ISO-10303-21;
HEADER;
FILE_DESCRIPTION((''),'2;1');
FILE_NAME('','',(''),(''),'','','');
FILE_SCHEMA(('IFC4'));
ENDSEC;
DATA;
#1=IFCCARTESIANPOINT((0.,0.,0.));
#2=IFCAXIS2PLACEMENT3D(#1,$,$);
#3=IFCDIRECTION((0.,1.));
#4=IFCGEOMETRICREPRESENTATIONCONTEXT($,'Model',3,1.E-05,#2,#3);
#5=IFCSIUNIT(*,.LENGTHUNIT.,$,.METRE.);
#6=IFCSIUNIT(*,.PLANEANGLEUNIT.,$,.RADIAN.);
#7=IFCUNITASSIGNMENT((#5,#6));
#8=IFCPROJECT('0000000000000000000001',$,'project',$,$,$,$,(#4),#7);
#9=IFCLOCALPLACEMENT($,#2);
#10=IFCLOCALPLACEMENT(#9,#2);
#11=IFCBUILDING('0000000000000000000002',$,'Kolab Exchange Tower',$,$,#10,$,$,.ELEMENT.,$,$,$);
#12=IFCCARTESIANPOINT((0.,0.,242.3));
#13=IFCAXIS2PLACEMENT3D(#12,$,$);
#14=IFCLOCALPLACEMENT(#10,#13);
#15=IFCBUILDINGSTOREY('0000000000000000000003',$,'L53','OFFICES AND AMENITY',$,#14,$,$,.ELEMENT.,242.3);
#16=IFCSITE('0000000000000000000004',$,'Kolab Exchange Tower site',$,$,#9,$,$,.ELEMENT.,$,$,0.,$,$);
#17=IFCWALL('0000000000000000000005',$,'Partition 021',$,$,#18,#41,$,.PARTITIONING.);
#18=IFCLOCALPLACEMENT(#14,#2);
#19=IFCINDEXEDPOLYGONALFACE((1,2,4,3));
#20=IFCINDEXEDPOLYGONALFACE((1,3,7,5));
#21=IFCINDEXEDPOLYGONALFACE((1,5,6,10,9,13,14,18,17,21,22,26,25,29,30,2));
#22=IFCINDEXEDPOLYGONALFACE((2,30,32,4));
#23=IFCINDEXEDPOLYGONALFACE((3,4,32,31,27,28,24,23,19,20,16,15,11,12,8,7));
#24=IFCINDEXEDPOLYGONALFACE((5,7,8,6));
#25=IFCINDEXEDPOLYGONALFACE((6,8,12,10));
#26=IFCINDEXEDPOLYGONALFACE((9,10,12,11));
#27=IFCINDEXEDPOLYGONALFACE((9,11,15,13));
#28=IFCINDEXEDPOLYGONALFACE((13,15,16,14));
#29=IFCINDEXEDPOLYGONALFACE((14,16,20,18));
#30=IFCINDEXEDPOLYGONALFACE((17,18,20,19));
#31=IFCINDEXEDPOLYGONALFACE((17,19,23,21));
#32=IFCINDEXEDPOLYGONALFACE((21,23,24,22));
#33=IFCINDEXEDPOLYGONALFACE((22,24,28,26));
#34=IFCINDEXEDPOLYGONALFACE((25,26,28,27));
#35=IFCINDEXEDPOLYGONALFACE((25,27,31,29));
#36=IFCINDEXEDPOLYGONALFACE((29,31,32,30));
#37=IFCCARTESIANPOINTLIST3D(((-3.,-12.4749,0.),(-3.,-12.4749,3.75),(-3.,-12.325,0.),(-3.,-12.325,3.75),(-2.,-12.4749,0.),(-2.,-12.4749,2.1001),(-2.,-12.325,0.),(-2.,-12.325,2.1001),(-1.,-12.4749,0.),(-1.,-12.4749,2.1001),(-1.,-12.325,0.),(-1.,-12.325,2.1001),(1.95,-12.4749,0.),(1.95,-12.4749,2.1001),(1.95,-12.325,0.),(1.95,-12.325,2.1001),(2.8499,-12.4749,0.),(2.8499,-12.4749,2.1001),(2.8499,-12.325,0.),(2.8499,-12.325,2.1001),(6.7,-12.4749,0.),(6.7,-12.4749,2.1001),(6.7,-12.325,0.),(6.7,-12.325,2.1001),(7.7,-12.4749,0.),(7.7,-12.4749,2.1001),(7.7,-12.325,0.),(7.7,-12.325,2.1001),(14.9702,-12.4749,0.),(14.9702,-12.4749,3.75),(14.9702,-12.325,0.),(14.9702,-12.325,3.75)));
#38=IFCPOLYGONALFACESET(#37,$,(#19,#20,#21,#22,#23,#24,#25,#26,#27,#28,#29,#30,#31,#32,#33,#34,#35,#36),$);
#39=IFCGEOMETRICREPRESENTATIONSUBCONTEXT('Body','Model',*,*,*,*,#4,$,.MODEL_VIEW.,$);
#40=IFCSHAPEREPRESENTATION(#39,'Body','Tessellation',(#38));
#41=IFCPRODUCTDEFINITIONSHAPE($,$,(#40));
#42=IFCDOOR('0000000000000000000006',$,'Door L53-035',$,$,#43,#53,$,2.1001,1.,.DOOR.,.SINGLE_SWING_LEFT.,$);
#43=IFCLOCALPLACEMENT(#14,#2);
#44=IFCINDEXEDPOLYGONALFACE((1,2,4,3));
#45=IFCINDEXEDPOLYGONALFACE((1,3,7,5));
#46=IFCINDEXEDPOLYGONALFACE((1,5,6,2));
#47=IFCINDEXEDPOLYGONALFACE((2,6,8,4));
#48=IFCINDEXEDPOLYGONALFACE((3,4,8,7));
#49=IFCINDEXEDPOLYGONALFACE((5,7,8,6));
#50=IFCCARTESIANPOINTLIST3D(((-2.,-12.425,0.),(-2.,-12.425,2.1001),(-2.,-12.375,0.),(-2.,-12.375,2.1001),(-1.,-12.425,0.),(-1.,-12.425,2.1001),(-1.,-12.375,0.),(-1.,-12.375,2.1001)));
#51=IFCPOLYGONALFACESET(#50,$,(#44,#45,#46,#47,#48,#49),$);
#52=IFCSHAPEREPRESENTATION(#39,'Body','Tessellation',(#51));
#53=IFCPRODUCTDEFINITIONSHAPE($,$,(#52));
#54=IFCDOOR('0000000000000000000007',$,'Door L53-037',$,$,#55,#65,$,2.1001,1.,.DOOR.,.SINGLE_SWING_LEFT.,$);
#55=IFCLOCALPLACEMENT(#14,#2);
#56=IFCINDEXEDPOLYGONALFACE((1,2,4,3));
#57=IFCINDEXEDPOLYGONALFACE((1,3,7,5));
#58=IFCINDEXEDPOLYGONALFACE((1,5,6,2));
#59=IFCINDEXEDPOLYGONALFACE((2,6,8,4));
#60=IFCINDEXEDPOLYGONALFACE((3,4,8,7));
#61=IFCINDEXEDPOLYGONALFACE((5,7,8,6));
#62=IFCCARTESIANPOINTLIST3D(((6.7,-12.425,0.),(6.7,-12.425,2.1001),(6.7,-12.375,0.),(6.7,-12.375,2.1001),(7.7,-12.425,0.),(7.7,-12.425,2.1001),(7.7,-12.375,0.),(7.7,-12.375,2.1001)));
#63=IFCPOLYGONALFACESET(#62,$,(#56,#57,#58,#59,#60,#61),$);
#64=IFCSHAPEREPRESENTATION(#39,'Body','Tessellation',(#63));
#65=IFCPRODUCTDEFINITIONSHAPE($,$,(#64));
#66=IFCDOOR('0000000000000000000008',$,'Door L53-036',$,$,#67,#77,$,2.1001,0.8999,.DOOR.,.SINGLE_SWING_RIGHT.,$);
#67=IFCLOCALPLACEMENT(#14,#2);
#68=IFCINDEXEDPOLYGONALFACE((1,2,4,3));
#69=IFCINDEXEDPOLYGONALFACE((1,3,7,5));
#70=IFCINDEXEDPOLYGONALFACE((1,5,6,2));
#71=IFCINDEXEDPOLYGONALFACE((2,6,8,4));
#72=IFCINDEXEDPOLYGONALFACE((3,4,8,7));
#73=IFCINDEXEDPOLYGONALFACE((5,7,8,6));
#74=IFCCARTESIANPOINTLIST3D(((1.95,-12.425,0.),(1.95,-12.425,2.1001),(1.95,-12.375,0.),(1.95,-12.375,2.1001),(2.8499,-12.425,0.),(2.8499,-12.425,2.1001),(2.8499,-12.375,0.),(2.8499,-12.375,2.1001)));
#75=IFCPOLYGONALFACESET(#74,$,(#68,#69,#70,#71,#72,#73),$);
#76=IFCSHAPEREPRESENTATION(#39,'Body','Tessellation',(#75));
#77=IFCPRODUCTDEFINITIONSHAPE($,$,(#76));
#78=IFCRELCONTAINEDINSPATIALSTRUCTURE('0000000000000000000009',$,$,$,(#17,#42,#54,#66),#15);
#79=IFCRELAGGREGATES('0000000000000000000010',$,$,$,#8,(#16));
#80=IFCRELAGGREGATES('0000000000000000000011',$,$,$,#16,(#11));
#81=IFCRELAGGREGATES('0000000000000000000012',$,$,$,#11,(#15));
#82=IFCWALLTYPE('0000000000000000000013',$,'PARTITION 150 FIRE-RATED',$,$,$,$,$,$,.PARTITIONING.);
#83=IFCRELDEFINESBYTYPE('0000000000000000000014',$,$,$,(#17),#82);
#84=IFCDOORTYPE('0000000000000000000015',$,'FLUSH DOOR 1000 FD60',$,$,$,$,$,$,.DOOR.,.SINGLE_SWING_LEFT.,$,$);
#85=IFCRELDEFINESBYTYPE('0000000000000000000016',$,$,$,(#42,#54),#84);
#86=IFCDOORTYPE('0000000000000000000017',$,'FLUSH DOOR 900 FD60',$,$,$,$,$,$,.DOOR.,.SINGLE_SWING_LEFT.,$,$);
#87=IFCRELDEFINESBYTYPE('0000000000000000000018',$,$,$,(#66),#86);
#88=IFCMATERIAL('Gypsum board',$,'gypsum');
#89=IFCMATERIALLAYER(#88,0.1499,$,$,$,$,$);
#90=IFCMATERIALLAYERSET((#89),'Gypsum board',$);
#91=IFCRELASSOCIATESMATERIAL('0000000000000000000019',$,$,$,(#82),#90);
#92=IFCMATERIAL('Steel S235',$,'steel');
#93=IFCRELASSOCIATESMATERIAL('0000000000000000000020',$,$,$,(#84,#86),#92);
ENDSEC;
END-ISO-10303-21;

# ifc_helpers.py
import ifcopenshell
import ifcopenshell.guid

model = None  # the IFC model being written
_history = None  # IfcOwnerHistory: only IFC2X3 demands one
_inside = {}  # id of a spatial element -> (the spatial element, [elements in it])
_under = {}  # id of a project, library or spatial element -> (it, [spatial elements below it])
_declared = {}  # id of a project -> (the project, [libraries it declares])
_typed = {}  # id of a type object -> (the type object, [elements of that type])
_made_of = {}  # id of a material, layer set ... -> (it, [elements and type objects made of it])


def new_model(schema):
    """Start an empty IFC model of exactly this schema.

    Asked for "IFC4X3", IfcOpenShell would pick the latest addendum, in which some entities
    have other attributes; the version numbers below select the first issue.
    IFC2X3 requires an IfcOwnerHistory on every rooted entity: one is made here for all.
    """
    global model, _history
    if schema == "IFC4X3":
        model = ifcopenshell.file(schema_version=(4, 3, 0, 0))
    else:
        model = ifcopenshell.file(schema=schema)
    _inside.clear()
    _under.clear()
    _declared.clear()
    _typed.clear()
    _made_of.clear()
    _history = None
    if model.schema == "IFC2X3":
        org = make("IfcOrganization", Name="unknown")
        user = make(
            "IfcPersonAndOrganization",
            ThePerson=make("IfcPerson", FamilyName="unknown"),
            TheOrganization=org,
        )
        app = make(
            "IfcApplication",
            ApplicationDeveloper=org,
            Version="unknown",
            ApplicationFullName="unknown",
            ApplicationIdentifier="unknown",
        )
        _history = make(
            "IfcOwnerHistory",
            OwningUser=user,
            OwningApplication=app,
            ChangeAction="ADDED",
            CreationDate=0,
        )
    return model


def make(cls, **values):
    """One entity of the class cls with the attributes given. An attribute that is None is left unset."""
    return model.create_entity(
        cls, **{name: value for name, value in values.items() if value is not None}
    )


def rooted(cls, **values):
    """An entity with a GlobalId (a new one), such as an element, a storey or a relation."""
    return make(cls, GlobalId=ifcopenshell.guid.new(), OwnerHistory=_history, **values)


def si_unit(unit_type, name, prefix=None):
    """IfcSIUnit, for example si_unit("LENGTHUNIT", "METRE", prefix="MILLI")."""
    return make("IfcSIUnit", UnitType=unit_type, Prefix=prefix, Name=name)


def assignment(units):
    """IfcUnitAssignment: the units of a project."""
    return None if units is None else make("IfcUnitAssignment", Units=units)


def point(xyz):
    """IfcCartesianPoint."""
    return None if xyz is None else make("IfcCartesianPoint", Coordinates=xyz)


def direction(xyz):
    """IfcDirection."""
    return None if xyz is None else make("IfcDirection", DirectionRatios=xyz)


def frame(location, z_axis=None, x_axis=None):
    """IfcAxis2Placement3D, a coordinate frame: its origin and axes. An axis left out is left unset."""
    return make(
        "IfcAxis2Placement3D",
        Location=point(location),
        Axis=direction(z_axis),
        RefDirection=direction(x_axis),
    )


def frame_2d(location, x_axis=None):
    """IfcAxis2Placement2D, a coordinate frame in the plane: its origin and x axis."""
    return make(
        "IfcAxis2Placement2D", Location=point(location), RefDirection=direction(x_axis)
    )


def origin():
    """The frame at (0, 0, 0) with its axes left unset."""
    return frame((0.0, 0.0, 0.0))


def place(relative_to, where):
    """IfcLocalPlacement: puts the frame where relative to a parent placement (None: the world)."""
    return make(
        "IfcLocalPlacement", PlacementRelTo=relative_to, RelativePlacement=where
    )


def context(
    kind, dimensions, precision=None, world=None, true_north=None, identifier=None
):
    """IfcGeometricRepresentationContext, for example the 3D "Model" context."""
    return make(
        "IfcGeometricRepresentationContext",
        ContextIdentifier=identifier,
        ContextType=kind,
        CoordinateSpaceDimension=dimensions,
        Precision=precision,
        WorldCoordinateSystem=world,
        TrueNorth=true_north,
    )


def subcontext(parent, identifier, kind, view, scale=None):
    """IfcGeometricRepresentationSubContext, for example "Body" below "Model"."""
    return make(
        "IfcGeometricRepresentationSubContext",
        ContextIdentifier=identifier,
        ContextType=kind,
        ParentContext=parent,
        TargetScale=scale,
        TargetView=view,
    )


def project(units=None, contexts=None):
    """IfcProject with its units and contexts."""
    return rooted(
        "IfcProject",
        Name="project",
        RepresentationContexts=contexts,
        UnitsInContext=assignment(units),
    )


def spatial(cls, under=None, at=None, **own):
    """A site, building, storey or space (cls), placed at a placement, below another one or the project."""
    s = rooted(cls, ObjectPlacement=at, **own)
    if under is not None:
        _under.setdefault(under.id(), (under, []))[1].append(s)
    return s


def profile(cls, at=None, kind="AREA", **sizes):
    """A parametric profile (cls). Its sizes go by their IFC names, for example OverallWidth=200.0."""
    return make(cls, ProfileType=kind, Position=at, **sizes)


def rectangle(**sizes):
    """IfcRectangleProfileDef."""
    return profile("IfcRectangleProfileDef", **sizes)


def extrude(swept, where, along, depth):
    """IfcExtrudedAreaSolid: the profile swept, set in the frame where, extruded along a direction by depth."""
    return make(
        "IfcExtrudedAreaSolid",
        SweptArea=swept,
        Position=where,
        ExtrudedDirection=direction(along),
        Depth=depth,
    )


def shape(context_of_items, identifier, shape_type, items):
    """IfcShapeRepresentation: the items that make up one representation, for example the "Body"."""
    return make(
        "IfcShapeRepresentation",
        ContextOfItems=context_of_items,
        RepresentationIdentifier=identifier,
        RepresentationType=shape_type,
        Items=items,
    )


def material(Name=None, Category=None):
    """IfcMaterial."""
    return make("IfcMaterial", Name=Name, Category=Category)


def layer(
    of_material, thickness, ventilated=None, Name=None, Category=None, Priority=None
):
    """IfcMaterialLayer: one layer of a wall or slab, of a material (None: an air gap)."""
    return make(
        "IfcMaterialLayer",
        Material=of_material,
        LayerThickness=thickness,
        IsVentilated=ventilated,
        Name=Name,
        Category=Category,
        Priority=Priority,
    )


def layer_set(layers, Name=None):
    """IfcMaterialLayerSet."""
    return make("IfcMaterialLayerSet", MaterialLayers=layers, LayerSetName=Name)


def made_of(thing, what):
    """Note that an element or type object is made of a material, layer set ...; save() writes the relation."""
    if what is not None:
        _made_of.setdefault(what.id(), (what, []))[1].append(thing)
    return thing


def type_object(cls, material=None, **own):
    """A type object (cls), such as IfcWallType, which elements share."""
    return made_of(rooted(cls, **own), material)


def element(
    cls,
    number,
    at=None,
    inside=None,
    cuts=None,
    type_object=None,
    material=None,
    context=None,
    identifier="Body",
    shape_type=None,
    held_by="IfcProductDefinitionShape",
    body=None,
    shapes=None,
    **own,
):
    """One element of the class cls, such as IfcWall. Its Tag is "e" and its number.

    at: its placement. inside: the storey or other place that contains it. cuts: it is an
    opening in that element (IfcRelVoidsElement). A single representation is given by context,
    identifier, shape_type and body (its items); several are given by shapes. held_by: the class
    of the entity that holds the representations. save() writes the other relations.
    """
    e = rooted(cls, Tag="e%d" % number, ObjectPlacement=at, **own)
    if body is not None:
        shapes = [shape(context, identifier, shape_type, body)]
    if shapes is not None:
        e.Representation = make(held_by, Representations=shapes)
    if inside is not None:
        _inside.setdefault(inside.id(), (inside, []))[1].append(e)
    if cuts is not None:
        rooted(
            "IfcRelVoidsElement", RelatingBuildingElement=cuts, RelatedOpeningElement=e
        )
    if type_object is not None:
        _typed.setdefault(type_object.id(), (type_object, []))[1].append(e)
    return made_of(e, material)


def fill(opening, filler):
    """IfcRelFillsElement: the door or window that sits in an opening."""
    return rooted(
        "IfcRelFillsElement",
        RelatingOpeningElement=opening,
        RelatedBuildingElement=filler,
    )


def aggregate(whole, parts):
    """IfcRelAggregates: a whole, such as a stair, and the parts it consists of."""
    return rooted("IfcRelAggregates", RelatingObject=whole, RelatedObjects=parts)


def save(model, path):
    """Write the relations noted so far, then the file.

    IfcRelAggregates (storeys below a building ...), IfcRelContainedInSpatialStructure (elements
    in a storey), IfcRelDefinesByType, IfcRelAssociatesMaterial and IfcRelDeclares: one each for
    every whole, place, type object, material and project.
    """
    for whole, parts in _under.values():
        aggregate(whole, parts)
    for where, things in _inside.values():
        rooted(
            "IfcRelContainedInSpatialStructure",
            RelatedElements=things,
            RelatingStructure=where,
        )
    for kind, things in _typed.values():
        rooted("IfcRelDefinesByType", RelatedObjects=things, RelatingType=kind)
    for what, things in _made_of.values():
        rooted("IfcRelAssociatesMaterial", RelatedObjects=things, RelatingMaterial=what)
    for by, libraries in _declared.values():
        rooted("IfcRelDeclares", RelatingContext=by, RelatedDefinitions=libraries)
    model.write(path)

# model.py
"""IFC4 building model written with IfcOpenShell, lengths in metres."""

from ifc_helpers import new_model, si_unit, direction, frame, frame_2d, origin, place, context, subcontext, project, spatial, rectangle, extrude, material, layer, layer_set, type_object, element, fill, save


model = new_model("IFC4")

# Units and contexts
model_context = context("Model", 3, precision=1e-05, world=origin(), true_north=direction((0.0, 1.0)))
body_context = subcontext(model_context, "Body", "Model", "MODEL_VIEW")
ifc_project = project(units=[si_unit("LENGTHUNIT", "METRE"), si_unit("PLANEANGLEUNIT", "RADIAN")], contexts=[model_context])

# Site, building, storey
site_placement = place(None, origin())
site = spatial("IfcSite", under=ifc_project, at=site_placement, Name="Kolab Exchange Tower site", CompositionType="ELEMENT", RefElevation=0.0)
building_placement = place(site_placement, origin())
building = spatial("IfcBuilding", under=site, at=building_placement, Name="Kolab Exchange Tower", CompositionType="ELEMENT")
storey_placement = place(building_placement, frame((0.0, 0.0, 242.3)))
storey = spatial("IfcBuildingStorey", under=building, at=storey_placement, Name="L53", Description="OFFICES AND AMENITY", CompositionType="ELEMENT", Elevation=242.3)

# Shared definitions
ifc_material_1 = material(Name="Gypsum board", Category="gypsum")
ifc_layer_1 = layer(ifc_material_1, 0.1499)
ifc_layer_set_1 = layer_set([ifc_layer_1], Name="Gypsum board")
wall_type_1 = type_object("IfcWallType", Name="PARTITION 150 FIRE-RATED", PredefinedType="PARTITIONING", material=ifc_layer_set_1)

# Wall, openings, doors
wall_1_placement = place(storey_placement, frame((-3.0, -12.3999, 0.0), z_axis=(0.0, 0.0, 1.0), x_axis=(1.0, 0.0, 0.0)))
wall_1 = element("IfcWall", 1, at=wall_1_placement, inside=storey, type_object=wall_type_1, Name="Partition 021", PredefinedType="PARTITIONING", context=body_context, shape_type="SweptSolid", body=[
    extrude(rectangle(XDim=17.9702, YDim=0.1499, at=frame_2d((8.9851, 0.0))), origin(), (0.0, 0.0, 1.0), 3.75),
])
opening_1_placement = place(wall_1_placement, frame((1.0, 0.0, 0.0)))
opening_1 = element("IfcOpeningElement", 2, at=opening_1_placement, cuts=wall_1, PredefinedType="OPENING", context=body_context, shape_type="SweptSolid", body=[
    extrude(rectangle(XDim=1.0, YDim=2.1001, at=frame_2d((0.5, 1.05))), frame((0.0, 0.085, 0.0), z_axis=(0.0, -1.0, 0.0), x_axis=(1.0, 0.0, 0.0)), (0.0, 0.0, 1.0), 0.1699),
])
opening_2_placement = place(wall_1_placement, frame((4.95, 0.0, 0.0)))
opening_2 = element("IfcOpeningElement", 3, at=opening_2_placement, cuts=wall_1, PredefinedType="OPENING", context=body_context, shape_type="SweptSolid", body=[
    extrude(rectangle(XDim=0.8999, YDim=2.1001, at=frame_2d((0.45, 1.05))), frame((0.0, 0.085, 0.0), z_axis=(0.0, -1.0, 0.0), x_axis=(1.0, 0.0, 0.0)), (0.0, 0.0, 1.0), 0.1699),
])
opening_3_placement = place(wall_1_placement, frame((9.7, 0.0, 0.0)))
opening_3 = element("IfcOpeningElement", 4, at=opening_3_placement, cuts=wall_1, PredefinedType="OPENING", context=body_context, shape_type="SweptSolid", body=[
    extrude(rectangle(XDim=1.0, YDim=2.1001, at=frame_2d((0.5, 1.05))), frame((0.0, 0.085, 0.0), z_axis=(0.0, -1.0, 0.0), x_axis=(1.0, 0.0, 0.0)), (0.0, 0.0, 1.0), 0.1699),
])
ifc_material_2 = material(Name="Steel S235", Category="steel")
door_type_1 = type_object("IfcDoorType", Name="FLUSH DOOR 1000 FD60", OperationType="SINGLE_SWING_LEFT", PredefinedType="DOOR", material=ifc_material_2)
door_1_placement = place(opening_1_placement, origin())
door_1 = element("IfcDoor", 5, at=door_1_placement, inside=storey, type_object=door_type_1, Name="Door L53-035", OperationType="SINGLE_SWING_LEFT", OverallHeight=2.1001, OverallWidth=1.0, PredefinedType="DOOR", context=body_context, shape_type="SweptSolid", body=[
    extrude(rectangle(XDim=1.0, YDim=2.1001, at=frame_2d((0.5, 1.05))), frame((0.0, 0.0249, 0.0), z_axis=(0.0, -1.0, 0.0), x_axis=(1.0, 0.0, 0.0)), (0.0, 0.0, 1.0), 0.05),
])
fill(opening_1, door_1)
door_2_placement = place(opening_3_placement, origin())
door_2 = element("IfcDoor", 6, at=door_2_placement, inside=storey, type_object=door_type_1, Name="Door L53-037", OperationType="SINGLE_SWING_LEFT", OverallHeight=2.1001, OverallWidth=1.0, PredefinedType="DOOR", context=body_context, shape_type="SweptSolid", body=[
    extrude(rectangle(XDim=1.0, YDim=2.1001, at=frame_2d((0.5, 1.05))), frame((0.0, 0.0249, 0.0), z_axis=(0.0, -1.0, 0.0), x_axis=(1.0, 0.0, 0.0)), (0.0, 0.0, 1.0), 0.05),
])
fill(opening_3, door_2)
door_type_2 = type_object("IfcDoorType", Name="FLUSH DOOR 900 FD60", OperationType="SINGLE_SWING_LEFT", PredefinedType="DOOR", material=ifc_material_2)
door_3_placement = place(opening_2_placement, origin())
door_3 = element("IfcDoor", 7, at=door_3_placement, inside=storey, type_object=door_type_2, Name="Door L53-036", OperationType="SINGLE_SWING_RIGHT", OverallHeight=2.1001, OverallWidth=0.8999, PredefinedType="DOOR", context=body_context, shape_type="SweptSolid", body=[
    extrude(rectangle(XDim=0.8999, YDim=2.1001, at=frame_2d((0.45, 1.05))), frame((0.0, 0.0249, 0.0), z_axis=(0.0, -1.0, 0.0), x_axis=(1.0, 0.0, 0.0)), (0.0, 0.0, 1.0), 0.05),
])
fill(opening_2, door_3)

save(model, "model.ifc")
